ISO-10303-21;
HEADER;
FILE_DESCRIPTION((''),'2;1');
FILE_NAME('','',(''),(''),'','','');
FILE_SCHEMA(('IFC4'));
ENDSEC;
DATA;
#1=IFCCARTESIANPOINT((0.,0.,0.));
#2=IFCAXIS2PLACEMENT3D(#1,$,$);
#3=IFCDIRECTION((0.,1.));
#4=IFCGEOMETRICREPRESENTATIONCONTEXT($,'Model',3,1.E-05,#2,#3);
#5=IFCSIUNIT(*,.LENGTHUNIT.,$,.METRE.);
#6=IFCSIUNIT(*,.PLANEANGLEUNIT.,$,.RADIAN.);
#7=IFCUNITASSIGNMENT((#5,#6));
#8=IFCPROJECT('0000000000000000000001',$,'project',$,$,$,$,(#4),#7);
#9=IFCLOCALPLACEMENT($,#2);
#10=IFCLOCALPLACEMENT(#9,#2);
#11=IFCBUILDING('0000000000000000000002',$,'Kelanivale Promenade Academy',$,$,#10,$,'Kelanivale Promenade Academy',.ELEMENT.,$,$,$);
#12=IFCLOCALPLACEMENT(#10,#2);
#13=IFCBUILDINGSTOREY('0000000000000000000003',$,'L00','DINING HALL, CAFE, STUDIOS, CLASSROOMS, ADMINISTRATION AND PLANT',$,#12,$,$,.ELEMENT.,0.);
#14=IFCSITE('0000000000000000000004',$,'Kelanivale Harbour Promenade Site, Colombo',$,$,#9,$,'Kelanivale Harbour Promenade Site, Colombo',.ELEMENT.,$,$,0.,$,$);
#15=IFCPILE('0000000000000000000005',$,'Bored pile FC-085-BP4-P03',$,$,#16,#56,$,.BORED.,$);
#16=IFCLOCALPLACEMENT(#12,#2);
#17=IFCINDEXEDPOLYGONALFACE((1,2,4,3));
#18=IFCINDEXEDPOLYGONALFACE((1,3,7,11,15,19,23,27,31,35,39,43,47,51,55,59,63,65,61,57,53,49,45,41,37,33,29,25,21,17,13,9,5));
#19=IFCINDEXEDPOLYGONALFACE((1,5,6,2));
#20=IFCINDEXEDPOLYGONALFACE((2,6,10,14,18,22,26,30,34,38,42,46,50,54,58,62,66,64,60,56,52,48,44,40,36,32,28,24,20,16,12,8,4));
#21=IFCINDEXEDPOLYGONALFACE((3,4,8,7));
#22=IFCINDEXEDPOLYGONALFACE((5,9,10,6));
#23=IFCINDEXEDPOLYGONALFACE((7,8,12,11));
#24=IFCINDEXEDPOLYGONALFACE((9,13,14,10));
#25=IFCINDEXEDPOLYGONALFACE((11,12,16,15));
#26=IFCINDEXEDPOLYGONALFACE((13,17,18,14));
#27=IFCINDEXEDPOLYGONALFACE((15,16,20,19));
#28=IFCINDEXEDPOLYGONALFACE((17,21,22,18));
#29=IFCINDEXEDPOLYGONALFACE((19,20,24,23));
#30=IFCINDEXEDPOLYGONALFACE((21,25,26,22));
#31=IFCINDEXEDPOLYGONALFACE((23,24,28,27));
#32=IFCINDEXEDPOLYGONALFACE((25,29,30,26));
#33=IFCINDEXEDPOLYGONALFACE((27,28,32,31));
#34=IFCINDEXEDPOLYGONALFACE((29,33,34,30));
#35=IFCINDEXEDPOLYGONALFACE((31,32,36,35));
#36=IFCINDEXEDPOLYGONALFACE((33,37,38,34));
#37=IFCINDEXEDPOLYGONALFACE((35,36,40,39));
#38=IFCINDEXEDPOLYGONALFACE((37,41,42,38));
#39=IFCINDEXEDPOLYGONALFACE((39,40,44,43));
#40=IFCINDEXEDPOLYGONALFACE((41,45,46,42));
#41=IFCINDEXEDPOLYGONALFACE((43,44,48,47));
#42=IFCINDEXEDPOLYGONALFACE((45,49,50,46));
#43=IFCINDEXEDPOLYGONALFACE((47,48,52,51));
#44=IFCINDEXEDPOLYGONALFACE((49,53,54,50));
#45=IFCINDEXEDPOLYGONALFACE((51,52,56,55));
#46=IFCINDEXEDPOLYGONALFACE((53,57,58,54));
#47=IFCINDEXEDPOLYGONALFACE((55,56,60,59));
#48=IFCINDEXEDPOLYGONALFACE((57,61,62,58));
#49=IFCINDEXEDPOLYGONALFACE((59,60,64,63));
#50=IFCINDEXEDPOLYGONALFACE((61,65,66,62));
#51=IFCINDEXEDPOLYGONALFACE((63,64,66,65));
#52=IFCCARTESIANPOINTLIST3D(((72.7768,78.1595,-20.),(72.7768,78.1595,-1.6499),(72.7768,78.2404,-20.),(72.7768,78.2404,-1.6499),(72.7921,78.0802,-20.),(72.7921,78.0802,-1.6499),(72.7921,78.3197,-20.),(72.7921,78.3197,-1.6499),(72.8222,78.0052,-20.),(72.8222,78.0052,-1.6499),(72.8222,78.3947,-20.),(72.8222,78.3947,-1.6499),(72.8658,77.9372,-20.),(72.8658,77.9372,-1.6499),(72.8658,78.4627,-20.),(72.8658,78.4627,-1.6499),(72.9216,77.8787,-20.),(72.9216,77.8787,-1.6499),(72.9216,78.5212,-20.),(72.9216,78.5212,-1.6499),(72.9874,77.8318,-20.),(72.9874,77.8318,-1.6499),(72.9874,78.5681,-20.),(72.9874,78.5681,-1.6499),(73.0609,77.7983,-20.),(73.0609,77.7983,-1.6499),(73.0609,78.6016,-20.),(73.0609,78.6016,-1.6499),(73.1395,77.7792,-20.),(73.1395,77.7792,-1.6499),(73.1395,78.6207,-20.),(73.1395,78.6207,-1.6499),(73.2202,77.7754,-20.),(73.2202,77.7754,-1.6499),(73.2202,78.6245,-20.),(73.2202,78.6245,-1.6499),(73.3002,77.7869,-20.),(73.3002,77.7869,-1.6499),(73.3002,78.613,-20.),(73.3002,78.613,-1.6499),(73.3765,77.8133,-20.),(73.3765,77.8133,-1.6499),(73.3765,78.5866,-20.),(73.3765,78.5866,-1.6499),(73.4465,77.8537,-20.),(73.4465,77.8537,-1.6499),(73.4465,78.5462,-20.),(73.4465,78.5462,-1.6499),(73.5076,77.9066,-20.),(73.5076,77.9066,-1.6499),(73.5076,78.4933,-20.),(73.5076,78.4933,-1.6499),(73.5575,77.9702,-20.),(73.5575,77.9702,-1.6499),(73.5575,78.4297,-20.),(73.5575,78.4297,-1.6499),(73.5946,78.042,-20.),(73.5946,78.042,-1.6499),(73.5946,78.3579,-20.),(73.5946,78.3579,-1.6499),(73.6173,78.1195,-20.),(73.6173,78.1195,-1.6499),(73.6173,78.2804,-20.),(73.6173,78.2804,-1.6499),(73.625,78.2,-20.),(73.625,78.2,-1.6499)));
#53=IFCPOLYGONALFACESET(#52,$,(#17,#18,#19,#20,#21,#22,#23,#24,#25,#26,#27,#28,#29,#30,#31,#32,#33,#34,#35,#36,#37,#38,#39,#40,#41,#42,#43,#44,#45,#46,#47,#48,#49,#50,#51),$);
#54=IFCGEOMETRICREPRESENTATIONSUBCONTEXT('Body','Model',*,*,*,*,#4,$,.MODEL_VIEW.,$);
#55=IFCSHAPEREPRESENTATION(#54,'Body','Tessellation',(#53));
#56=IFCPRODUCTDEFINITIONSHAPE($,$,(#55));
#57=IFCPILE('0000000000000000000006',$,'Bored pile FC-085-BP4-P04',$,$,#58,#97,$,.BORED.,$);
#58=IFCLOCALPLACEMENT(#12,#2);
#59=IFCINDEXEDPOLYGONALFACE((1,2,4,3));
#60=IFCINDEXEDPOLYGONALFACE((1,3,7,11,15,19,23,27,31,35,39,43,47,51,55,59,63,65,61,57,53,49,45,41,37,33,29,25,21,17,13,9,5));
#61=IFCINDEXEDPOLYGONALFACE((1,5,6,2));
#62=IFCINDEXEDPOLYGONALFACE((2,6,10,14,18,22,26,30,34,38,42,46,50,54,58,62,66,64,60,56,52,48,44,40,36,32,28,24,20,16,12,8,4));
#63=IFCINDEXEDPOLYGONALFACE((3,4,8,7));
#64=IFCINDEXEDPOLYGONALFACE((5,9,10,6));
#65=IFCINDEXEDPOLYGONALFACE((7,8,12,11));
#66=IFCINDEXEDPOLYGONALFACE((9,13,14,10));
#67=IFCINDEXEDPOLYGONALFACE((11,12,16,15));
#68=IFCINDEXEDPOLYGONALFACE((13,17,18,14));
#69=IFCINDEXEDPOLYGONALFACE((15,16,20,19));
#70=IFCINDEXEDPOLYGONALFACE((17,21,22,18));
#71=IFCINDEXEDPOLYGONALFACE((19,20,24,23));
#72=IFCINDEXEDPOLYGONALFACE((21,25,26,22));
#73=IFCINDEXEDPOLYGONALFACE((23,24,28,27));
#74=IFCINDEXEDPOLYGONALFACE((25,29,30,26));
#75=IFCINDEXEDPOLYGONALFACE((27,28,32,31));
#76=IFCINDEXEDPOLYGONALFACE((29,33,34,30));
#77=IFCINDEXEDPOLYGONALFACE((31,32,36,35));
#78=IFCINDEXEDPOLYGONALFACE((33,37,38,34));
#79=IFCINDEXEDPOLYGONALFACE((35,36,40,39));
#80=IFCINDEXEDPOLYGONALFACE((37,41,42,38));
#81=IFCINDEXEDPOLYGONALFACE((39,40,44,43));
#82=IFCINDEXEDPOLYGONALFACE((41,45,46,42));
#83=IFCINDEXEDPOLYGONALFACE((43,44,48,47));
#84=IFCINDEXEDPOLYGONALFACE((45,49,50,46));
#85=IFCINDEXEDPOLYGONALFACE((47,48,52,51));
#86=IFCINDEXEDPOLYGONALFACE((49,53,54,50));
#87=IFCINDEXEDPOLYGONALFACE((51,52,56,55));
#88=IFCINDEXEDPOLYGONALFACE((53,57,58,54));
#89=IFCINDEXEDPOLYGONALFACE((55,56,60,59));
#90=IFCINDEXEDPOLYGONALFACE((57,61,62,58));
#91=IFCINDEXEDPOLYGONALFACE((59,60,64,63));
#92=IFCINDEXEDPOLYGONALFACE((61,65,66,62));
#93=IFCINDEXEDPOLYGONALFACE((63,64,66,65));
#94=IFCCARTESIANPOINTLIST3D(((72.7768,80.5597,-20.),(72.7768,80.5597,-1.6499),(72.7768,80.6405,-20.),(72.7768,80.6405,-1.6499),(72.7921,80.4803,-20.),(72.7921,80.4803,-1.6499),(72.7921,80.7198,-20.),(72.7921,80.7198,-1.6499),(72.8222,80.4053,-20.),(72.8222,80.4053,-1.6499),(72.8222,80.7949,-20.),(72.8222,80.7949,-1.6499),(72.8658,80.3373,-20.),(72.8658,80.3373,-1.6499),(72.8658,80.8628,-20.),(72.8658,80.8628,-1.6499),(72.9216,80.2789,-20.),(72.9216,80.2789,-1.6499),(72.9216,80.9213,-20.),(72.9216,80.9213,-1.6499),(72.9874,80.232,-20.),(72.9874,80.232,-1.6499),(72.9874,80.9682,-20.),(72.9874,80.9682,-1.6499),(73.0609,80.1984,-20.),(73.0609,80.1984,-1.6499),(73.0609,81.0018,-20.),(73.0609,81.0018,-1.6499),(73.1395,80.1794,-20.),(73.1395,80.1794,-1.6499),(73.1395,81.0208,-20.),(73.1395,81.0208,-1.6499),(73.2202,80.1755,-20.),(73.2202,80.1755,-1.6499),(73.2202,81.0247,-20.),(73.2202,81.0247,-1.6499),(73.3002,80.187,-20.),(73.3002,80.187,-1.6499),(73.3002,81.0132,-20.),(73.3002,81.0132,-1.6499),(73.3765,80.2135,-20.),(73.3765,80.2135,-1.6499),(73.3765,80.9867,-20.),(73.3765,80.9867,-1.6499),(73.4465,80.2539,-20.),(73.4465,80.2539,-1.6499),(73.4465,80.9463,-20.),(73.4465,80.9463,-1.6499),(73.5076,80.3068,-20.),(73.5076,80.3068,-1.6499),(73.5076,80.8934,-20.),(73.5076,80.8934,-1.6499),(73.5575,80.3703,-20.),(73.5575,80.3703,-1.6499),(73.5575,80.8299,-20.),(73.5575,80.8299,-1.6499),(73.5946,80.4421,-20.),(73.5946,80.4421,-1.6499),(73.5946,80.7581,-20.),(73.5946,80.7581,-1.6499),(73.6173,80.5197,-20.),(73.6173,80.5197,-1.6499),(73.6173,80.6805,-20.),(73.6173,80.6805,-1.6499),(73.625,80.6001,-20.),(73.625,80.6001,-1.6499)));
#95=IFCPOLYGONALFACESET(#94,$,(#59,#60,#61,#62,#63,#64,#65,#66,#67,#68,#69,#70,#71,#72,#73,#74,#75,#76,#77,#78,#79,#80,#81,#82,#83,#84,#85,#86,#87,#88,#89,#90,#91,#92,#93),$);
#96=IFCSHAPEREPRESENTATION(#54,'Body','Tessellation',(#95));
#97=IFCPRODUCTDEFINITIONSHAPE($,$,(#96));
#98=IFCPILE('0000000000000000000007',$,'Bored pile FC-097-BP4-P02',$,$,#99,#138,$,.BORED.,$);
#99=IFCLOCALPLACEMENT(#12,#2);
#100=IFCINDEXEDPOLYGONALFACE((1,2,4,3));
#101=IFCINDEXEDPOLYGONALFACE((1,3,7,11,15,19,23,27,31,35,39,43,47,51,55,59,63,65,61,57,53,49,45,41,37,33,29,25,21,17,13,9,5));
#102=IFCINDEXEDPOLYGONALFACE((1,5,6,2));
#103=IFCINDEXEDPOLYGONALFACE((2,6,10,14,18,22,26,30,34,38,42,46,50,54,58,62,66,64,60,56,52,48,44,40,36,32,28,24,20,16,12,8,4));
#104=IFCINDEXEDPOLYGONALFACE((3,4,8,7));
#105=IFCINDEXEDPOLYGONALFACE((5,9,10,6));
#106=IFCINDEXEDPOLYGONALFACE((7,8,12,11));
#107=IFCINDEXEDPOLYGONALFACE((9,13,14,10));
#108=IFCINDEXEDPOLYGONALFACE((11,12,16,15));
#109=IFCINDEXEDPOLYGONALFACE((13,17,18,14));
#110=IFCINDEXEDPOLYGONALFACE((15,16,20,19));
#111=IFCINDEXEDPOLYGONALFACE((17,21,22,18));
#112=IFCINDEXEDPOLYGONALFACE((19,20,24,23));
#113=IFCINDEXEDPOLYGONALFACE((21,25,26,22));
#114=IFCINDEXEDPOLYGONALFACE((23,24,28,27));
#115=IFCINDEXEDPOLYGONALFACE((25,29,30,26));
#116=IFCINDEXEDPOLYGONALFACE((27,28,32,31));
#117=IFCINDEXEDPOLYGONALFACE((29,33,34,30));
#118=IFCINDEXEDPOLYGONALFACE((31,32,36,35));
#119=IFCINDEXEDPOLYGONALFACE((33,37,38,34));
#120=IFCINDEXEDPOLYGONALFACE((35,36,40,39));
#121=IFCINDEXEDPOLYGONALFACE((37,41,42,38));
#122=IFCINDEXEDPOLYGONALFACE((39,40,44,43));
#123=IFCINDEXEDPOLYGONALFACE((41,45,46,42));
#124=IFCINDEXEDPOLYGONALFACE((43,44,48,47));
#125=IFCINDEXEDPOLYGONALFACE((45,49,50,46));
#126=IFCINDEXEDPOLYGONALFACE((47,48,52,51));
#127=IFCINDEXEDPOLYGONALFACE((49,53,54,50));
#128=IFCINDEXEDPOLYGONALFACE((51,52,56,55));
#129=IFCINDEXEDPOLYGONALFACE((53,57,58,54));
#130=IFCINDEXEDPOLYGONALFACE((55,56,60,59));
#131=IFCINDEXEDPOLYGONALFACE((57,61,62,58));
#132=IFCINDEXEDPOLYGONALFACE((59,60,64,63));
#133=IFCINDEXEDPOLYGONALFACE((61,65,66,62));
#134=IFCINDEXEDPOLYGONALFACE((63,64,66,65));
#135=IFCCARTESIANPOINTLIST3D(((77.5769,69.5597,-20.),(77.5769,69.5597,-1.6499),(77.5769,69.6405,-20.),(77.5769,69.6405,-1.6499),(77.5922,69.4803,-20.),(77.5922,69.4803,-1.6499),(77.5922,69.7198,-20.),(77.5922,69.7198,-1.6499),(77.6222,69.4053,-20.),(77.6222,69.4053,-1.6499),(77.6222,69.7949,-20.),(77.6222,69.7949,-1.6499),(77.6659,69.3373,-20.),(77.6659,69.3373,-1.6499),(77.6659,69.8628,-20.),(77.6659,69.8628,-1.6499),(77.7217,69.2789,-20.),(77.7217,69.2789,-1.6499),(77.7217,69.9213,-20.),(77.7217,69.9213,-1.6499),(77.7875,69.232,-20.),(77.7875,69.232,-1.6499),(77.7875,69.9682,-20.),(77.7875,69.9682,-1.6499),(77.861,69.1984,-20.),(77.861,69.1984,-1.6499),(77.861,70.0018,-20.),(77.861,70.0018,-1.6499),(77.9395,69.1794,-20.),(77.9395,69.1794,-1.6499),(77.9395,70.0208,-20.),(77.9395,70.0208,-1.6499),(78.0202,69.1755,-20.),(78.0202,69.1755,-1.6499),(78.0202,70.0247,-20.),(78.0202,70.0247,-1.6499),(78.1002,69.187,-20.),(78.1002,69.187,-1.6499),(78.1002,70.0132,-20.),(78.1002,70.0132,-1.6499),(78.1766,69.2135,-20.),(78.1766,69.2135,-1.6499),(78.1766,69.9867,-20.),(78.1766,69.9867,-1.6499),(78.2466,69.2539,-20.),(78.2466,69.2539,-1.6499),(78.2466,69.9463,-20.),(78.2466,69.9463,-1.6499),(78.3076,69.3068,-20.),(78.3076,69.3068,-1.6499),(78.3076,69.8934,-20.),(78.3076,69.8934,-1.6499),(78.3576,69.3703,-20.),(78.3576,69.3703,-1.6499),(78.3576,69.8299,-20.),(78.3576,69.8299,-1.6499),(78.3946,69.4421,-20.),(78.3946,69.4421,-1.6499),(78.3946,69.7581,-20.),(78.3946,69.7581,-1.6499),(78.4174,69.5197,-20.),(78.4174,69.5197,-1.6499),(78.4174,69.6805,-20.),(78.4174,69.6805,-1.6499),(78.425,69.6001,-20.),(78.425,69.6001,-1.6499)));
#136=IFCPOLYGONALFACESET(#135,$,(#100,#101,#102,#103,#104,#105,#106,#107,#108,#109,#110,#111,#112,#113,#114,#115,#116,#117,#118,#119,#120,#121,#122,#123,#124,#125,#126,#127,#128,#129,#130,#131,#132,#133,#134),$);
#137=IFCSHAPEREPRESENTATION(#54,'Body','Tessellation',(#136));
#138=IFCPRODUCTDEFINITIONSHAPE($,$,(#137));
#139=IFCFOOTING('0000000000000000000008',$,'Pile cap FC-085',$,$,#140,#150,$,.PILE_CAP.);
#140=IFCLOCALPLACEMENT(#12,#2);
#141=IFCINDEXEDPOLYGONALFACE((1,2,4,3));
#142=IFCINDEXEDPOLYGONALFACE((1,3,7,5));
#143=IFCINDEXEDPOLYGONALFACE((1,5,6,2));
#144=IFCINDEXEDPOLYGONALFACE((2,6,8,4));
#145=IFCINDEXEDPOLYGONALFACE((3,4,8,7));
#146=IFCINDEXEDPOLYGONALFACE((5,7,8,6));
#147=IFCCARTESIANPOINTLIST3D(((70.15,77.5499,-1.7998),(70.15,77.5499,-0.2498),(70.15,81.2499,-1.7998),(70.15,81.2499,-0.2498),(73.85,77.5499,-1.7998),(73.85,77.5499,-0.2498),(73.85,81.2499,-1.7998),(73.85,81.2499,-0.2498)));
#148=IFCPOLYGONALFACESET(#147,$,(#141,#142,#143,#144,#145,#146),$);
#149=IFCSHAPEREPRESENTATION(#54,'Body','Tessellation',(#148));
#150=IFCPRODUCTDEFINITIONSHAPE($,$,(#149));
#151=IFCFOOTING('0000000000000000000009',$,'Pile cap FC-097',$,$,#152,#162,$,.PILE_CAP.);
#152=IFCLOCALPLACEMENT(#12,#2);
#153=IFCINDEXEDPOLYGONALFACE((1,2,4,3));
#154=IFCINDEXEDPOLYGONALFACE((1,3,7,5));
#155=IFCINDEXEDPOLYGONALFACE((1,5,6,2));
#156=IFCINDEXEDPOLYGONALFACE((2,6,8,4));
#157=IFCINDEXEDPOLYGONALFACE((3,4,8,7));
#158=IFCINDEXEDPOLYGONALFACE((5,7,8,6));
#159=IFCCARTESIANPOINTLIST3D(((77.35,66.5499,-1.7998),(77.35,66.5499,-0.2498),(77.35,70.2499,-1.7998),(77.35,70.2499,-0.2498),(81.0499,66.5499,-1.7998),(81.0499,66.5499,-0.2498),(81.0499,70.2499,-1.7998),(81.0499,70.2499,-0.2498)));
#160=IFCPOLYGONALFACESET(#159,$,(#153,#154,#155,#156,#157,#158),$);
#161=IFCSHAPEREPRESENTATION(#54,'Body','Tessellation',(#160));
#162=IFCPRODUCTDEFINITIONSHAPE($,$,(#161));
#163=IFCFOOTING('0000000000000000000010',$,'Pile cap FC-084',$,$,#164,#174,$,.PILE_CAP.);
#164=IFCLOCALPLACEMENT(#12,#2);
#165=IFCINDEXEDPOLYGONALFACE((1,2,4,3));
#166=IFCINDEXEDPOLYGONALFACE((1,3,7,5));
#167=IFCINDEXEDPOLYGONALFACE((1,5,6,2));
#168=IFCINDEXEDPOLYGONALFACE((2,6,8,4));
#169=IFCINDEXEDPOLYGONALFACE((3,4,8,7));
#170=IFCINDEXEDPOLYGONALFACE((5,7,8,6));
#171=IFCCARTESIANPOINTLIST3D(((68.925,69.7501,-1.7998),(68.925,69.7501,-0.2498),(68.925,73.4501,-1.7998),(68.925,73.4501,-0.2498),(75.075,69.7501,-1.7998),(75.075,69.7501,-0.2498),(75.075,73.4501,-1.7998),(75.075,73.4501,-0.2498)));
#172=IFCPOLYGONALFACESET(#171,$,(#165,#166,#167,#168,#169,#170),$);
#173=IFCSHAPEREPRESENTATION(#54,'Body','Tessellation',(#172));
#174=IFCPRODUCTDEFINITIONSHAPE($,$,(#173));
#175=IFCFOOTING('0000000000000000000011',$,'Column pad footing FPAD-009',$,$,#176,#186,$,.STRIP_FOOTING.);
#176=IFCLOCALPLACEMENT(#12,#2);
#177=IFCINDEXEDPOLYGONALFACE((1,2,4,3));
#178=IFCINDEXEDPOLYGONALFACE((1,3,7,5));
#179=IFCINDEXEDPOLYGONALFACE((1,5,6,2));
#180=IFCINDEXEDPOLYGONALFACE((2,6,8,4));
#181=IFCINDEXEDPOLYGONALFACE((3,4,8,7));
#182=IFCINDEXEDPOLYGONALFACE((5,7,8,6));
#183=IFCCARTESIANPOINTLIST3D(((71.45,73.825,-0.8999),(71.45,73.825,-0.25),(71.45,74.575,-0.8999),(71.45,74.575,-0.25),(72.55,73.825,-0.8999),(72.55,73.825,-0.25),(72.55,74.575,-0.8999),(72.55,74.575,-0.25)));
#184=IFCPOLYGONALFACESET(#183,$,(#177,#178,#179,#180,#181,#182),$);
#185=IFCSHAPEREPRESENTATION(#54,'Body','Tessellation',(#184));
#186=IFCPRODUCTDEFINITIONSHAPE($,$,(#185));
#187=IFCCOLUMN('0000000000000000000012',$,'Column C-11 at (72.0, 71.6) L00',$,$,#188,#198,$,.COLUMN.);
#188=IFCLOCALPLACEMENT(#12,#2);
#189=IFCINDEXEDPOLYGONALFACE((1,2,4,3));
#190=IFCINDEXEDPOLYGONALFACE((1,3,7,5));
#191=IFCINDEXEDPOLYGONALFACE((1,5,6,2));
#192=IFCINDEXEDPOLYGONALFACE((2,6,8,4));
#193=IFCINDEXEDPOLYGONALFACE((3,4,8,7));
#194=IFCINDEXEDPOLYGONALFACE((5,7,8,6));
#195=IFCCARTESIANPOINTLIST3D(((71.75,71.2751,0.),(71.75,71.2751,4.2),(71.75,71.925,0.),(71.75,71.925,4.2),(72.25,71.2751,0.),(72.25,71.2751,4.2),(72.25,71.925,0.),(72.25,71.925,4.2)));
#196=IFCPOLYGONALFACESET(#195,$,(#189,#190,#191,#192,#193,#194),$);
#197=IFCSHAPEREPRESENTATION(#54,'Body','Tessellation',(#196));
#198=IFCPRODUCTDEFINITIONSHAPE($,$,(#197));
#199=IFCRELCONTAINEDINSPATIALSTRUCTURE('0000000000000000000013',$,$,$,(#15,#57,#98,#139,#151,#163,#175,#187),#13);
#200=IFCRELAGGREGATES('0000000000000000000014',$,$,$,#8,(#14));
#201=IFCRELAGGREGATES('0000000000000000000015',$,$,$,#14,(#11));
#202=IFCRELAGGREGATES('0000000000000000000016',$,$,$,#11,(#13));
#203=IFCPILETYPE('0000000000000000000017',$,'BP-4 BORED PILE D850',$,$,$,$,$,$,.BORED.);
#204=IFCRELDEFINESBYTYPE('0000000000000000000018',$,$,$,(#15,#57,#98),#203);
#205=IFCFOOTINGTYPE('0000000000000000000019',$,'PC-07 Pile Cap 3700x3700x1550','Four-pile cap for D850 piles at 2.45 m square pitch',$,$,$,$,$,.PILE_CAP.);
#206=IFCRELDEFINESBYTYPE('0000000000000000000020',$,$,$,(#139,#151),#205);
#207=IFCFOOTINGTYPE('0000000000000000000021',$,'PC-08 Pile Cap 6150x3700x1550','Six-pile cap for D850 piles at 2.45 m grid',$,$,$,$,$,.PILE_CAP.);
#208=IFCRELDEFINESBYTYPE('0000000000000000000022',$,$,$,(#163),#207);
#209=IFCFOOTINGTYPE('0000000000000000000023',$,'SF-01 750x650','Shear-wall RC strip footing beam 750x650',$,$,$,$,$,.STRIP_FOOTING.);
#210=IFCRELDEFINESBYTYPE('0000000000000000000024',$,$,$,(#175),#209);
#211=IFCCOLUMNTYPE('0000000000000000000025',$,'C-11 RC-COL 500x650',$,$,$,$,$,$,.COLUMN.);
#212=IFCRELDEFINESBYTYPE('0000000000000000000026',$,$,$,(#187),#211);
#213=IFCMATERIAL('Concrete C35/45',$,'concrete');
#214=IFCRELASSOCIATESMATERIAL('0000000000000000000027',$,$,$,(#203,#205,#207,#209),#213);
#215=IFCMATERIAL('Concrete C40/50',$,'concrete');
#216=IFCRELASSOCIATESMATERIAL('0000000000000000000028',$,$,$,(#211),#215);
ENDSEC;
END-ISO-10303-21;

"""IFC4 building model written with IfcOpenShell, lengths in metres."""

from ifc_helpers import new_model, si_unit, direction, frame, origin, origin_2d, place, context, subcontext, project, spatial, rectangle, circle, extrude, material, material_profile, profile_set, type_object, element, save


model = new_model("IFC4")

# Units and contexts
model_context = context("Model", 3, precision=1e-05, world=origin(), true_north=direction((0.0, 1.0)))
body_context = subcontext(model_context, "Body", "Model", "MODEL_VIEW")
ifc_project = project(units=[si_unit("LENGTHUNIT", "METRE"), si_unit("PLANEANGLEUNIT", "RADIAN")], contexts=[model_context])

# Site, building, storey
site_placement = place(None, origin())
site = spatial("IfcSite", under=ifc_project, at=site_placement, Name="Kelanivale Harbour Promenade Site, Colombo", LongName="Kelanivale Harbour Promenade Site, Colombo", CompositionType="ELEMENT", RefElevation=0.0)
building_placement = place(site_placement, origin())
building = spatial("IfcBuilding", under=site, at=building_placement, Name="Kelanivale Promenade Academy", LongName="Kelanivale Promenade Academy", CompositionType="ELEMENT")
storey_placement = place(building_placement, origin())
storey = spatial("IfcBuildingStorey", under=building, at=storey_placement, Name="L00", Description="DINING HALL, CAFE, STUDIOS, CLASSROOMS, ADMINISTRATION AND PLANT", CompositionType="ELEMENT", Elevation=0.0)

# Piles
ifc_material_1 = material(Name="Concrete C35/45", Category="concrete")
ifc_material_profile_1 = material_profile(ifc_material_1, circle(Radius=0.425, at=origin_2d()), Name="BORED PILE D850")
ifc_profile_set_1 = profile_set([ifc_material_profile_1], Name="Concrete C35/45")
pile_type = type_object("IfcPileType", Name="BP-4 BORED PILE D850", PredefinedType="BORED", material=ifc_profile_set_1)
for number, where, z_axis, x_axis, name in (
    (1, (73.2, 78.2, -1.6499), (0.0, 0.0, -1.0), (1.0, 0.0, 0.0), "Bored pile FC-085-BP4-P03"),
    (2, (73.2, 80.6001, -1.6499), (0.0, 0.0, -1.0), (1.0, 0.0, 0.0), "Bored pile FC-085-BP4-P04"),
    (3, (78.0, 69.6001, -1.6499), (0.0, 0.0, -1.0), (1.0, 0.0, 0.0), "Bored pile FC-097-BP4-P02"),
):
    element("IfcPile", number, at=place(storey_placement, frame(where, z_axis=z_axis, x_axis=x_axis)), inside=storey, type_object=pile_type, Name=name, PredefinedType="BORED", context=body_context, shape_type="SweptSolid", body=[
        extrude(circle(Radius=0.425, at=origin_2d()), origin(), (0.0, 0.0, 1.0), 18.3501),
    ])

# Footings
footing_type_1 = type_object("IfcFootingType", Name="PC-07 Pile Cap 3700x3700x1550", Description="Four-pile cap for D850 piles at 2.45 m square pitch", PredefinedType="PILE_CAP", material=ifc_material_1)
for number, where, z_axis, x_axis, name in (
    (4, (72.0, 79.3999, -1.7998), (0.0, 0.0, 1.0), (1.0, 0.0, 0.0), "Pile cap FC-085"),
    (5, (79.2, 68.3999, -1.7998), (0.0, 0.0, 1.0), (1.0, 0.0, 0.0), "Pile cap FC-097"),
):
    element("IfcFooting", number, at=place(storey_placement, frame(where, z_axis=z_axis, x_axis=x_axis)), inside=storey, type_object=footing_type_1, Name=name, PredefinedType="PILE_CAP", context=body_context, shape_type="SweptSolid", body=[
        extrude(rectangle(XDim=3.7, YDim=3.7, at=origin_2d()), origin(), (0.0, 0.0, 1.0), 1.55),
    ])
footing_type_2 = type_object("IfcFootingType", Name="PC-08 Pile Cap 6150x3700x1550", Description="Six-pile cap for D850 piles at 2.45 m grid", PredefinedType="PILE_CAP", material=ifc_material_1)
footing_1_placement = place(storey_placement, frame((72.0, 71.6001, -1.7998), z_axis=(0.0, 0.0, 1.0), x_axis=(1.0, 0.0, 0.0)))
element("IfcFooting", 6, at=footing_1_placement, inside=storey, type_object=footing_type_2, Name="Pile cap FC-084", PredefinedType="PILE_CAP", context=body_context, shape_type="SweptSolid", body=[
    extrude(rectangle(XDim=6.1499, YDim=3.7, at=origin_2d()), origin(), (0.0, 0.0, 1.0), 1.55),
])
footing_type_3 = type_object("IfcFootingType", Name="SF-01 750x650", Description="Shear-wall RC strip footing beam 750x650", PredefinedType="STRIP_FOOTING", material=ifc_material_1)
footing_2_placement = place(storey_placement, frame((72.0, 74.2, -0.8999), z_axis=(0.0, 0.0, 1.0), x_axis=(1.0, 0.0, 0.0)))
element("IfcFooting", 7, at=footing_2_placement, inside=storey, type_object=footing_type_3, Name="Column pad footing FPAD-009", PredefinedType="STRIP_FOOTING", context=body_context, shape_type="SweptSolid", body=[
    extrude(rectangle(XDim=1.1001, YDim=0.75, at=origin_2d()), origin(), (0.0, 0.0, 1.0), 0.6499),
])

# Column
ifc_material_2 = material(Name="Concrete C40/50", Category="concrete")
ifc_material_profile_2 = material_profile(ifc_material_2, rectangle(XDim=0.5, YDim=0.6499, at=origin_2d()), Name="RC-COL 500x650")
ifc_profile_set_2 = profile_set([ifc_material_profile_2], Name="Concrete C40/50")
column_type_1 = type_object("IfcColumnType", Name="C-11 RC-COL 500x650", PredefinedType="COLUMN", material=ifc_profile_set_2)
column_1_placement = place(storey_placement, frame((72.0, 71.6001, 0.0), z_axis=(0.0, 0.0, 1.0), x_axis=(1.0, 0.0, 0.0)))
element("IfcColumn", 8, at=column_1_placement, inside=storey, type_object=column_type_1, Name="Column C-11 at (72.0, 71.6) L00", PredefinedType="COLUMN", context=body_context, shape_type="SweptSolid", body=[
    extrude(rectangle(XDim=0.5, YDim=0.6499, at=origin_2d()), origin(), (0.0, 0.0, 1.0), 4.2),
])

save(model, "model.ifc")
